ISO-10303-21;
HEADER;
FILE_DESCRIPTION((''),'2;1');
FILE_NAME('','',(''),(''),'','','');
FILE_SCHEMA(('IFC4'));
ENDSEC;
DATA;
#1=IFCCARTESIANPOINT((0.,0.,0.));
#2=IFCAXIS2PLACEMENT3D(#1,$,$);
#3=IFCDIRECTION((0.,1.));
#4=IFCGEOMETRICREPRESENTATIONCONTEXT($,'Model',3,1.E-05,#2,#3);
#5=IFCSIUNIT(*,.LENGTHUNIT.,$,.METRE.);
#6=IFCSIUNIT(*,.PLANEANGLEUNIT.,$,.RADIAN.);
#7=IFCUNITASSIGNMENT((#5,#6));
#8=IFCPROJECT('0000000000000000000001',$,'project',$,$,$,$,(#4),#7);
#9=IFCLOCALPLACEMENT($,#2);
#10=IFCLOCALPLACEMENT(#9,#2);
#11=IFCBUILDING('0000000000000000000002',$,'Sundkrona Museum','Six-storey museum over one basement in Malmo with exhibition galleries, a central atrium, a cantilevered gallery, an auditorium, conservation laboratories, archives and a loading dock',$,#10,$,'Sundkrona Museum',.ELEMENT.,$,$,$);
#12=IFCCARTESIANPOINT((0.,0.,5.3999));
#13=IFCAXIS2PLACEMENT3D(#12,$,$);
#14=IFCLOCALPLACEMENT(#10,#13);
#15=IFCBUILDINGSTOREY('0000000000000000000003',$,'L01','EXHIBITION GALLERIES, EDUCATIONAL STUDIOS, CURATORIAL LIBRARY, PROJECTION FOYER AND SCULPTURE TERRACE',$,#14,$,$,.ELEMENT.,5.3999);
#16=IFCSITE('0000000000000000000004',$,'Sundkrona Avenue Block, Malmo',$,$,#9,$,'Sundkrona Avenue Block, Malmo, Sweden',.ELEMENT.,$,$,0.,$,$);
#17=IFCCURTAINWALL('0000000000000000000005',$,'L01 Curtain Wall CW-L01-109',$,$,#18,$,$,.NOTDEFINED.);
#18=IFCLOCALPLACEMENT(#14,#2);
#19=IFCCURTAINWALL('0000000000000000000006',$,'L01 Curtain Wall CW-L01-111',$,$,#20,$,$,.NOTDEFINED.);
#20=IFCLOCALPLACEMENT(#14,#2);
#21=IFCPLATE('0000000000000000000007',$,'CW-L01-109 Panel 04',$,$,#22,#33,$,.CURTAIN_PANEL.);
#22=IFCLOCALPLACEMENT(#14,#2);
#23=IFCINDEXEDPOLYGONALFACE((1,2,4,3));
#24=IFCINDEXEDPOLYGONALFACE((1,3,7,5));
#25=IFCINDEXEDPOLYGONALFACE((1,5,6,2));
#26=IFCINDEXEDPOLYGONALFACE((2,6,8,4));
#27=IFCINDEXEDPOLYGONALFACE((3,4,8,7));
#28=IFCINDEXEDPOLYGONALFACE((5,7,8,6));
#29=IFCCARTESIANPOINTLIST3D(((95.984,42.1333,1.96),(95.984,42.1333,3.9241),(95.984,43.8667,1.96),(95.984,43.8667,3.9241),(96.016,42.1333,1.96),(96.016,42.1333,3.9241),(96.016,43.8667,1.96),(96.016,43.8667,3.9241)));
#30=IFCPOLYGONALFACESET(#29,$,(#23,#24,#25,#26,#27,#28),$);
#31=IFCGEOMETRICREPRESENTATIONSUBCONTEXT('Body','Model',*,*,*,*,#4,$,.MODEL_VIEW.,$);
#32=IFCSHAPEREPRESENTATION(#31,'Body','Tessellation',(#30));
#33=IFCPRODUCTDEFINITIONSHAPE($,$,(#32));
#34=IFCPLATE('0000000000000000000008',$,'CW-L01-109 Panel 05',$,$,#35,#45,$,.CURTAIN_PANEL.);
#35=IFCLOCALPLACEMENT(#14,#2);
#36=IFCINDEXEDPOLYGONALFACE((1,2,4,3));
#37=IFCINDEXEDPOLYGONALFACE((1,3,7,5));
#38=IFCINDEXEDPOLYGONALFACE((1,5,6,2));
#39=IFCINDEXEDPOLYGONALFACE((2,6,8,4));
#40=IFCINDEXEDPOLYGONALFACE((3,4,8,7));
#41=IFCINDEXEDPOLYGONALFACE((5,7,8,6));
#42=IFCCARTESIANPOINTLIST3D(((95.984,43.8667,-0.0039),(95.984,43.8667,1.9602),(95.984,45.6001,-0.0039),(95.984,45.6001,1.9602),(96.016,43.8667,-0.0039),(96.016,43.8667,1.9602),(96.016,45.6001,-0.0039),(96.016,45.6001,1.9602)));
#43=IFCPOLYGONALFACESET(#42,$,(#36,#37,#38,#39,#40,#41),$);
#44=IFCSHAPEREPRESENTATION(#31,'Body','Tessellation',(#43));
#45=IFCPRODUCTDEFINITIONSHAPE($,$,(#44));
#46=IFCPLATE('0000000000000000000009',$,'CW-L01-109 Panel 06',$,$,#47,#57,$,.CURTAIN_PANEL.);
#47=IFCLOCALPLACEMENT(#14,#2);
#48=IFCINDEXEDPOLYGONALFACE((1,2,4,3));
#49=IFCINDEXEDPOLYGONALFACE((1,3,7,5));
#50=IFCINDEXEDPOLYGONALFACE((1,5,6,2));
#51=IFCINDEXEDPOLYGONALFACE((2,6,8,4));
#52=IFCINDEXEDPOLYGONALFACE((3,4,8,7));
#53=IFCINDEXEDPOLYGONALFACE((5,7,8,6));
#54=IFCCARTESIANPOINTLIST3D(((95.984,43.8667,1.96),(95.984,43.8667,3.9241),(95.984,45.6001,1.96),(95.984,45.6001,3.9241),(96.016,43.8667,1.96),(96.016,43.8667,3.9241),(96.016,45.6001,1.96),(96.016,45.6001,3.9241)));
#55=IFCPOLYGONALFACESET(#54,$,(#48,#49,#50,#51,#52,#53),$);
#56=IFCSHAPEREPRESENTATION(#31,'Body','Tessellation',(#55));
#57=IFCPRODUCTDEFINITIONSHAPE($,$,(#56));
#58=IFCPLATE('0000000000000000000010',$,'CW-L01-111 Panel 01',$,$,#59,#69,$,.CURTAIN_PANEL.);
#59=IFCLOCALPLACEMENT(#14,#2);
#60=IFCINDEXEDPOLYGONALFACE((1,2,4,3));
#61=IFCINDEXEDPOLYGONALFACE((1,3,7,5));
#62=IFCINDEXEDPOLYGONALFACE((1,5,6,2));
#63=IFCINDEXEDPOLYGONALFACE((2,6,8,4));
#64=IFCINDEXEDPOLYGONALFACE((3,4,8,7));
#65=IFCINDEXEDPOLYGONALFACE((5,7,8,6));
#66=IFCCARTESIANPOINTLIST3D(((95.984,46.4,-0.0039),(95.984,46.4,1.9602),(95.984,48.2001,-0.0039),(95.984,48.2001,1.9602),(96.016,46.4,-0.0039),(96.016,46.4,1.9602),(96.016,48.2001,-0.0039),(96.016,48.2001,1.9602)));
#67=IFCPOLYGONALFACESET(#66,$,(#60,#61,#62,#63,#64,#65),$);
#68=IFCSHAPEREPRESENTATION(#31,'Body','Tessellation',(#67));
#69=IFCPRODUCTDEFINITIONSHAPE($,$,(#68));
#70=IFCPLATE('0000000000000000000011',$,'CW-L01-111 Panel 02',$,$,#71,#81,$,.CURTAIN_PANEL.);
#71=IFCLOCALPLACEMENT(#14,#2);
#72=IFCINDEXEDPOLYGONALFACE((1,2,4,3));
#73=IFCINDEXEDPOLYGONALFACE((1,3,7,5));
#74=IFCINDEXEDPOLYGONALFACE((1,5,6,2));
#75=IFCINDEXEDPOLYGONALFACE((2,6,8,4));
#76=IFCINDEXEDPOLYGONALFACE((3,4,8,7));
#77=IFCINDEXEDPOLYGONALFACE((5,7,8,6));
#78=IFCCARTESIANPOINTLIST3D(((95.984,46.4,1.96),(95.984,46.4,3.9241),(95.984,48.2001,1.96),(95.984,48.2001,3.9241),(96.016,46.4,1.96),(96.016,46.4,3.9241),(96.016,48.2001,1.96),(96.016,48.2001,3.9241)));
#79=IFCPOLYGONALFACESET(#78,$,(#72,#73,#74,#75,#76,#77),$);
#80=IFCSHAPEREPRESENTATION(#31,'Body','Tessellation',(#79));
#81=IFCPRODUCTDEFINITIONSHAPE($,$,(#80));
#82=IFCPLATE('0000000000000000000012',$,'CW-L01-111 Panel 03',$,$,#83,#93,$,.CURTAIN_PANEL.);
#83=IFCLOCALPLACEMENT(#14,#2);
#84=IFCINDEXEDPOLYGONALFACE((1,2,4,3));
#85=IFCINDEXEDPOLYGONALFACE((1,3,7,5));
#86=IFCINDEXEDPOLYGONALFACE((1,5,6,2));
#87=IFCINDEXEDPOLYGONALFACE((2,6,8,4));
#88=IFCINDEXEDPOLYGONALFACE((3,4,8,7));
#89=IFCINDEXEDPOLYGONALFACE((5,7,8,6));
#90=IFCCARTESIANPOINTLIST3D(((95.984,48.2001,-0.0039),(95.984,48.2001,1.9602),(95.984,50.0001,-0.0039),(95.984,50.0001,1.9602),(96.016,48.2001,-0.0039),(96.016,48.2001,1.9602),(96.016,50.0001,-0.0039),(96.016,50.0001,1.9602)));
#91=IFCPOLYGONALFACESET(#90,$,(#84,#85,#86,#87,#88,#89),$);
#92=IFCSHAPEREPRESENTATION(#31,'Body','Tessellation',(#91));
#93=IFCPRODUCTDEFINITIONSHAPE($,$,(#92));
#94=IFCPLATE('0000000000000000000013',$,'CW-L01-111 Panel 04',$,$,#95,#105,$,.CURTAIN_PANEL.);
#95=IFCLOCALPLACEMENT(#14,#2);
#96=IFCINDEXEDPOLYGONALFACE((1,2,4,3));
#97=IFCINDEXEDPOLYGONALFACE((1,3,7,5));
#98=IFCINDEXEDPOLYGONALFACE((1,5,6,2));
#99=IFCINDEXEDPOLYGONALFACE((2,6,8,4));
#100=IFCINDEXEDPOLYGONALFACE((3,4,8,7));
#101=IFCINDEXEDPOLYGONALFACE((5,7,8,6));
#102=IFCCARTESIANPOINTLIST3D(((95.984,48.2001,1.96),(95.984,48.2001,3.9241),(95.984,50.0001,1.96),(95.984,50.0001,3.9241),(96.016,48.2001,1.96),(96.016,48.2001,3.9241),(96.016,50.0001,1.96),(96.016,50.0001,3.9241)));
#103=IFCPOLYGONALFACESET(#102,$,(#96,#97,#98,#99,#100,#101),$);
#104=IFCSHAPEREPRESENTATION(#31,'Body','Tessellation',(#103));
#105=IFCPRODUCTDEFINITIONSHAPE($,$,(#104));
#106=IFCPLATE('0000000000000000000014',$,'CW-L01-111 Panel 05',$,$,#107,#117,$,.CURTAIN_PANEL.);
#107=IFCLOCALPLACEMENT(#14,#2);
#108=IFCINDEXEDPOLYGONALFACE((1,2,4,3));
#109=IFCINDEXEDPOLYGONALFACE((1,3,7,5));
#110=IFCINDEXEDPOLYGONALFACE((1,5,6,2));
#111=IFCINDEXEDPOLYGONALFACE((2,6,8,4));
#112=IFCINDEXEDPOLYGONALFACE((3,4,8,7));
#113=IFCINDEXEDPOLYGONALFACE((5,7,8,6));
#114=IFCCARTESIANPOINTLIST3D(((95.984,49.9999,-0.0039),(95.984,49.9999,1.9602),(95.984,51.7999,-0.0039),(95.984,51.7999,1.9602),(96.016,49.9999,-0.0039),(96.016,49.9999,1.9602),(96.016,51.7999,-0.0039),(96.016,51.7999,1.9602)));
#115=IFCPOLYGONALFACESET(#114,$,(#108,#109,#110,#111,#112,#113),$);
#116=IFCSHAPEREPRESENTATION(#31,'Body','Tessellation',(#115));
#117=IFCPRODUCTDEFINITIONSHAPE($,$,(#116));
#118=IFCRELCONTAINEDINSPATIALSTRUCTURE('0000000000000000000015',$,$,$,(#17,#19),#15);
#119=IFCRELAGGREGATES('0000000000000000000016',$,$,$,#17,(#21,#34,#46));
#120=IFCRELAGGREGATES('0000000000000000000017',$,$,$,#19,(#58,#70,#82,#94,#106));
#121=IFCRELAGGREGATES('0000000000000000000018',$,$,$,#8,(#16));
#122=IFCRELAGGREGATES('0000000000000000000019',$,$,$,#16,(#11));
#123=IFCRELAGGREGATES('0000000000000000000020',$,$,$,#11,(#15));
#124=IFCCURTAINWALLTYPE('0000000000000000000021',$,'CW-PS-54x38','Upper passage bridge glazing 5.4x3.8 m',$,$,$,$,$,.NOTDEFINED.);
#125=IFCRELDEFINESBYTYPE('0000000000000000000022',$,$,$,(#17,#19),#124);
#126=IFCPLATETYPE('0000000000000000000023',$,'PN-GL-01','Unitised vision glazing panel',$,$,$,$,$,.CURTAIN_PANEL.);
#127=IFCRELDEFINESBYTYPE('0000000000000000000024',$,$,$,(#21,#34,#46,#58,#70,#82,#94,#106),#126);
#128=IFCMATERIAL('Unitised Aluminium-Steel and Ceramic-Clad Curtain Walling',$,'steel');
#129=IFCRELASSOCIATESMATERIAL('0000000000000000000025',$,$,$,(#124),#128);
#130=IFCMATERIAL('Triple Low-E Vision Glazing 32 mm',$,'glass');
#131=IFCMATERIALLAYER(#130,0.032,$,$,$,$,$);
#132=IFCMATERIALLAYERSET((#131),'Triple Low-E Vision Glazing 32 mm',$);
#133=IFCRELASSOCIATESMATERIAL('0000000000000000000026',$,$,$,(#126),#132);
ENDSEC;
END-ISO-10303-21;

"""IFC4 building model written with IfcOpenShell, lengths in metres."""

from ifc_helpers import new_model, si_unit, direction, frame, origin, origin_2d, place, context, subcontext, project, spatial, rectangle, extrude, material, layer, layer_set, type_object, element, aggregate, save


model = new_model("IFC4")

# Units and contexts
model_context = context("Model", 3, precision=1e-05, world=origin(), true_north=direction((0.0, 1.0)))
body_context = subcontext(model_context, "Body", "Model", "MODEL_VIEW")
ifc_project = project(units=[si_unit("LENGTHUNIT", "METRE"), si_unit("PLANEANGLEUNIT", "RADIAN")], contexts=[model_context])

# Site, building, storey
site_placement = place(None, origin())
site = spatial("IfcSite", under=ifc_project, at=site_placement, Name="Sundkrona Avenue Block, Malmo", LongName="Sundkrona Avenue Block, Malmo, Sweden", CompositionType="ELEMENT", RefElevation=0.0)
building_placement = place(site_placement, origin())
building = spatial("IfcBuilding", under=site, at=building_placement, Name="Sundkrona Museum", Description="Six-storey museum over one basement in Malmo with exhibition galleries, a central atrium, a cantilevered gallery, an auditorium, conservation laboratories, archives and a loading dock", LongName="Sundkrona Museum", CompositionType="ELEMENT")
storey_placement = place(building_placement, frame((0.0, 0.0, 5.3999)))
storey = spatial("IfcBuildingStorey", under=building, at=storey_placement, Name="L01", Description="EXHIBITION GALLERIES, EDUCATIONAL STUDIOS, CURATORIAL LIBRARY, PROJECTION FOYER AND SCULPTURE TERRACE", CompositionType="ELEMENT", Elevation=5.3999)

# Curtain walls
ifc_material_1 = material(Name="Unitised Aluminium-Steel and Ceramic-Clad Curtain Walling", Category="steel")
curtain_wall_type = type_object("IfcCurtainWallType", Name="CW-PS-54x38", Description="Upper passage bridge glazing 5.4x3.8 m", PredefinedType="NOTDEFINED", material=ifc_material_1)
curtain_wall_1_placement = place(storey_placement, origin())
curtain_wall_1 = element("IfcCurtainWall", 1, at=curtain_wall_1_placement, inside=storey, type_object=curtain_wall_type, Name="L01 Curtain Wall CW-L01-109", PredefinedType="NOTDEFINED")
curtain_wall_2_placement = place(storey_placement, origin())
curtain_wall_2 = element("IfcCurtainWall", 2, at=curtain_wall_2_placement, inside=storey, type_object=curtain_wall_type, Name="L01 Curtain Wall CW-L01-111", PredefinedType="NOTDEFINED")

# Plates
ifc_material_2 = material(Name="Triple Low-E Vision Glazing 32 mm", Category="glass")
ifc_layer = layer(ifc_material_2, 0.032)
ifc_layer_set = layer_set([ifc_layer], Name="Triple Low-E Vision Glazing 32 mm")
plate_type = type_object("IfcPlateType", Name="PN-GL-01", Description="Unitised vision glazing panel", PredefinedType="CURTAIN_PANEL", material=ifc_layer_set)
plate_1_placement = place(storey_placement, frame((96.0, 43.0, 1.96), z_axis=(0.0, 0.0, 1.0), x_axis=(0.0, 1.0, 0.0)))
plate_1 = element("IfcPlate", 3, at=plate_1_placement, type_object=plate_type, Name="CW-L01-109 Panel 04", PredefinedType="CURTAIN_PANEL", context=body_context, shape_type="SweptSolid", body=[
    extrude(rectangle(XDim=1.7334, YDim=0.032, at=origin_2d()), origin(), (0.0, 0.0, 1.0), 1.9641),
])
plate_2_placement = place(storey_placement, frame((96.0, 44.7334, -0.0039), z_axis=(0.0, 0.0, 1.0), x_axis=(0.0, 1.0, 0.0)))
plate_2 = element("IfcPlate", 4, at=plate_2_placement, type_object=plate_type, Name="CW-L01-109 Panel 05", PredefinedType="CURTAIN_PANEL", context=body_context, shape_type="SweptSolid", body=[
    extrude(rectangle(XDim=1.7334, YDim=0.032, at=origin_2d()), origin(), (0.0, 0.0, 1.0), 1.9641),
])
plate_3_placement = place(storey_placement, frame((96.0, 44.7334, 1.96), z_axis=(0.0, 0.0, 1.0), x_axis=(0.0, 1.0, 0.0)))
plate_3 = element("IfcPlate", 5, at=plate_3_placement, type_object=plate_type, Name="CW-L01-109 Panel 06", PredefinedType="CURTAIN_PANEL", context=body_context, shape_type="SweptSolid", body=[
    extrude(rectangle(XDim=1.7334, YDim=0.032, at=origin_2d()), origin(), (0.0, 0.0, 1.0), 1.9641),
])
aggregate(curtain_wall_1, [plate_1, plate_2, plate_3])
plate_4_placement = place(storey_placement, frame((96.0, 47.3, -0.0039), z_axis=(0.0, 0.0, 1.0), x_axis=(0.0, 1.0, 0.0)))
plate_4 = element("IfcPlate", 6, at=plate_4_placement, type_object=plate_type, Name="CW-L01-111 Panel 01", PredefinedType="CURTAIN_PANEL", context=body_context, shape_type="SweptSolid", body=[
    extrude(rectangle(XDim=1.8, YDim=0.032, at=origin_2d()), origin(), (0.0, 0.0, 1.0), 1.9641),
])
plate_5_placement = place(storey_placement, frame((96.0, 47.3, 1.96), z_axis=(0.0, 0.0, 1.0), x_axis=(0.0, 1.0, 0.0)))
plate_5 = element("IfcPlate", 7, at=plate_5_placement, type_object=plate_type, Name="CW-L01-111 Panel 02", PredefinedType="CURTAIN_PANEL", context=body_context, shape_type="SweptSolid", body=[
    extrude(rectangle(XDim=1.8, YDim=0.032, at=origin_2d()), origin(), (0.0, 0.0, 1.0), 1.9641),
])
plate_6_placement = place(storey_placement, frame((96.0, 49.1001, -0.0039), z_axis=(0.0, 0.0, 1.0), x_axis=(0.0, 1.0, 0.0)))
plate_6 = element("IfcPlate", 8, at=plate_6_placement, type_object=plate_type, Name="CW-L01-111 Panel 03", PredefinedType="CURTAIN_PANEL", context=body_context, shape_type="SweptSolid", body=[
    extrude(rectangle(XDim=1.8, YDim=0.032, at=origin_2d()), origin(), (0.0, 0.0, 1.0), 1.9641),
])
plate_7_placement = place(storey_placement, frame((96.0, 49.1001, 1.96), z_axis=(0.0, 0.0, 1.0), x_axis=(0.0, 1.0, 0.0)))
plate_7 = element("IfcPlate", 9, at=plate_7_placement, type_object=plate_type, Name="CW-L01-111 Panel 04", PredefinedType="CURTAIN_PANEL", context=body_context, shape_type="SweptSolid", body=[
    extrude(rectangle(XDim=1.8, YDim=0.032, at=origin_2d()), origin(), (0.0, 0.0, 1.0), 1.9641),
])
plate_8_placement = place(storey_placement, frame((96.0, 50.8999, -0.0039), z_axis=(0.0, 0.0, 1.0), x_axis=(0.0, 1.0, 0.0)))
plate_8 = element("IfcPlate", 10, at=plate_8_placement, type_object=plate_type, Name="CW-L01-111 Panel 05", PredefinedType="CURTAIN_PANEL", context=body_context, shape_type="SweptSolid", body=[
    extrude(rectangle(XDim=1.8, YDim=0.032, at=origin_2d()), origin(), (0.0, 0.0, 1.0), 1.9641),
])
aggregate(curtain_wall_2, [plate_4, plate_5, plate_6, plate_7, plate_8])

save(model, "model.ifc")
